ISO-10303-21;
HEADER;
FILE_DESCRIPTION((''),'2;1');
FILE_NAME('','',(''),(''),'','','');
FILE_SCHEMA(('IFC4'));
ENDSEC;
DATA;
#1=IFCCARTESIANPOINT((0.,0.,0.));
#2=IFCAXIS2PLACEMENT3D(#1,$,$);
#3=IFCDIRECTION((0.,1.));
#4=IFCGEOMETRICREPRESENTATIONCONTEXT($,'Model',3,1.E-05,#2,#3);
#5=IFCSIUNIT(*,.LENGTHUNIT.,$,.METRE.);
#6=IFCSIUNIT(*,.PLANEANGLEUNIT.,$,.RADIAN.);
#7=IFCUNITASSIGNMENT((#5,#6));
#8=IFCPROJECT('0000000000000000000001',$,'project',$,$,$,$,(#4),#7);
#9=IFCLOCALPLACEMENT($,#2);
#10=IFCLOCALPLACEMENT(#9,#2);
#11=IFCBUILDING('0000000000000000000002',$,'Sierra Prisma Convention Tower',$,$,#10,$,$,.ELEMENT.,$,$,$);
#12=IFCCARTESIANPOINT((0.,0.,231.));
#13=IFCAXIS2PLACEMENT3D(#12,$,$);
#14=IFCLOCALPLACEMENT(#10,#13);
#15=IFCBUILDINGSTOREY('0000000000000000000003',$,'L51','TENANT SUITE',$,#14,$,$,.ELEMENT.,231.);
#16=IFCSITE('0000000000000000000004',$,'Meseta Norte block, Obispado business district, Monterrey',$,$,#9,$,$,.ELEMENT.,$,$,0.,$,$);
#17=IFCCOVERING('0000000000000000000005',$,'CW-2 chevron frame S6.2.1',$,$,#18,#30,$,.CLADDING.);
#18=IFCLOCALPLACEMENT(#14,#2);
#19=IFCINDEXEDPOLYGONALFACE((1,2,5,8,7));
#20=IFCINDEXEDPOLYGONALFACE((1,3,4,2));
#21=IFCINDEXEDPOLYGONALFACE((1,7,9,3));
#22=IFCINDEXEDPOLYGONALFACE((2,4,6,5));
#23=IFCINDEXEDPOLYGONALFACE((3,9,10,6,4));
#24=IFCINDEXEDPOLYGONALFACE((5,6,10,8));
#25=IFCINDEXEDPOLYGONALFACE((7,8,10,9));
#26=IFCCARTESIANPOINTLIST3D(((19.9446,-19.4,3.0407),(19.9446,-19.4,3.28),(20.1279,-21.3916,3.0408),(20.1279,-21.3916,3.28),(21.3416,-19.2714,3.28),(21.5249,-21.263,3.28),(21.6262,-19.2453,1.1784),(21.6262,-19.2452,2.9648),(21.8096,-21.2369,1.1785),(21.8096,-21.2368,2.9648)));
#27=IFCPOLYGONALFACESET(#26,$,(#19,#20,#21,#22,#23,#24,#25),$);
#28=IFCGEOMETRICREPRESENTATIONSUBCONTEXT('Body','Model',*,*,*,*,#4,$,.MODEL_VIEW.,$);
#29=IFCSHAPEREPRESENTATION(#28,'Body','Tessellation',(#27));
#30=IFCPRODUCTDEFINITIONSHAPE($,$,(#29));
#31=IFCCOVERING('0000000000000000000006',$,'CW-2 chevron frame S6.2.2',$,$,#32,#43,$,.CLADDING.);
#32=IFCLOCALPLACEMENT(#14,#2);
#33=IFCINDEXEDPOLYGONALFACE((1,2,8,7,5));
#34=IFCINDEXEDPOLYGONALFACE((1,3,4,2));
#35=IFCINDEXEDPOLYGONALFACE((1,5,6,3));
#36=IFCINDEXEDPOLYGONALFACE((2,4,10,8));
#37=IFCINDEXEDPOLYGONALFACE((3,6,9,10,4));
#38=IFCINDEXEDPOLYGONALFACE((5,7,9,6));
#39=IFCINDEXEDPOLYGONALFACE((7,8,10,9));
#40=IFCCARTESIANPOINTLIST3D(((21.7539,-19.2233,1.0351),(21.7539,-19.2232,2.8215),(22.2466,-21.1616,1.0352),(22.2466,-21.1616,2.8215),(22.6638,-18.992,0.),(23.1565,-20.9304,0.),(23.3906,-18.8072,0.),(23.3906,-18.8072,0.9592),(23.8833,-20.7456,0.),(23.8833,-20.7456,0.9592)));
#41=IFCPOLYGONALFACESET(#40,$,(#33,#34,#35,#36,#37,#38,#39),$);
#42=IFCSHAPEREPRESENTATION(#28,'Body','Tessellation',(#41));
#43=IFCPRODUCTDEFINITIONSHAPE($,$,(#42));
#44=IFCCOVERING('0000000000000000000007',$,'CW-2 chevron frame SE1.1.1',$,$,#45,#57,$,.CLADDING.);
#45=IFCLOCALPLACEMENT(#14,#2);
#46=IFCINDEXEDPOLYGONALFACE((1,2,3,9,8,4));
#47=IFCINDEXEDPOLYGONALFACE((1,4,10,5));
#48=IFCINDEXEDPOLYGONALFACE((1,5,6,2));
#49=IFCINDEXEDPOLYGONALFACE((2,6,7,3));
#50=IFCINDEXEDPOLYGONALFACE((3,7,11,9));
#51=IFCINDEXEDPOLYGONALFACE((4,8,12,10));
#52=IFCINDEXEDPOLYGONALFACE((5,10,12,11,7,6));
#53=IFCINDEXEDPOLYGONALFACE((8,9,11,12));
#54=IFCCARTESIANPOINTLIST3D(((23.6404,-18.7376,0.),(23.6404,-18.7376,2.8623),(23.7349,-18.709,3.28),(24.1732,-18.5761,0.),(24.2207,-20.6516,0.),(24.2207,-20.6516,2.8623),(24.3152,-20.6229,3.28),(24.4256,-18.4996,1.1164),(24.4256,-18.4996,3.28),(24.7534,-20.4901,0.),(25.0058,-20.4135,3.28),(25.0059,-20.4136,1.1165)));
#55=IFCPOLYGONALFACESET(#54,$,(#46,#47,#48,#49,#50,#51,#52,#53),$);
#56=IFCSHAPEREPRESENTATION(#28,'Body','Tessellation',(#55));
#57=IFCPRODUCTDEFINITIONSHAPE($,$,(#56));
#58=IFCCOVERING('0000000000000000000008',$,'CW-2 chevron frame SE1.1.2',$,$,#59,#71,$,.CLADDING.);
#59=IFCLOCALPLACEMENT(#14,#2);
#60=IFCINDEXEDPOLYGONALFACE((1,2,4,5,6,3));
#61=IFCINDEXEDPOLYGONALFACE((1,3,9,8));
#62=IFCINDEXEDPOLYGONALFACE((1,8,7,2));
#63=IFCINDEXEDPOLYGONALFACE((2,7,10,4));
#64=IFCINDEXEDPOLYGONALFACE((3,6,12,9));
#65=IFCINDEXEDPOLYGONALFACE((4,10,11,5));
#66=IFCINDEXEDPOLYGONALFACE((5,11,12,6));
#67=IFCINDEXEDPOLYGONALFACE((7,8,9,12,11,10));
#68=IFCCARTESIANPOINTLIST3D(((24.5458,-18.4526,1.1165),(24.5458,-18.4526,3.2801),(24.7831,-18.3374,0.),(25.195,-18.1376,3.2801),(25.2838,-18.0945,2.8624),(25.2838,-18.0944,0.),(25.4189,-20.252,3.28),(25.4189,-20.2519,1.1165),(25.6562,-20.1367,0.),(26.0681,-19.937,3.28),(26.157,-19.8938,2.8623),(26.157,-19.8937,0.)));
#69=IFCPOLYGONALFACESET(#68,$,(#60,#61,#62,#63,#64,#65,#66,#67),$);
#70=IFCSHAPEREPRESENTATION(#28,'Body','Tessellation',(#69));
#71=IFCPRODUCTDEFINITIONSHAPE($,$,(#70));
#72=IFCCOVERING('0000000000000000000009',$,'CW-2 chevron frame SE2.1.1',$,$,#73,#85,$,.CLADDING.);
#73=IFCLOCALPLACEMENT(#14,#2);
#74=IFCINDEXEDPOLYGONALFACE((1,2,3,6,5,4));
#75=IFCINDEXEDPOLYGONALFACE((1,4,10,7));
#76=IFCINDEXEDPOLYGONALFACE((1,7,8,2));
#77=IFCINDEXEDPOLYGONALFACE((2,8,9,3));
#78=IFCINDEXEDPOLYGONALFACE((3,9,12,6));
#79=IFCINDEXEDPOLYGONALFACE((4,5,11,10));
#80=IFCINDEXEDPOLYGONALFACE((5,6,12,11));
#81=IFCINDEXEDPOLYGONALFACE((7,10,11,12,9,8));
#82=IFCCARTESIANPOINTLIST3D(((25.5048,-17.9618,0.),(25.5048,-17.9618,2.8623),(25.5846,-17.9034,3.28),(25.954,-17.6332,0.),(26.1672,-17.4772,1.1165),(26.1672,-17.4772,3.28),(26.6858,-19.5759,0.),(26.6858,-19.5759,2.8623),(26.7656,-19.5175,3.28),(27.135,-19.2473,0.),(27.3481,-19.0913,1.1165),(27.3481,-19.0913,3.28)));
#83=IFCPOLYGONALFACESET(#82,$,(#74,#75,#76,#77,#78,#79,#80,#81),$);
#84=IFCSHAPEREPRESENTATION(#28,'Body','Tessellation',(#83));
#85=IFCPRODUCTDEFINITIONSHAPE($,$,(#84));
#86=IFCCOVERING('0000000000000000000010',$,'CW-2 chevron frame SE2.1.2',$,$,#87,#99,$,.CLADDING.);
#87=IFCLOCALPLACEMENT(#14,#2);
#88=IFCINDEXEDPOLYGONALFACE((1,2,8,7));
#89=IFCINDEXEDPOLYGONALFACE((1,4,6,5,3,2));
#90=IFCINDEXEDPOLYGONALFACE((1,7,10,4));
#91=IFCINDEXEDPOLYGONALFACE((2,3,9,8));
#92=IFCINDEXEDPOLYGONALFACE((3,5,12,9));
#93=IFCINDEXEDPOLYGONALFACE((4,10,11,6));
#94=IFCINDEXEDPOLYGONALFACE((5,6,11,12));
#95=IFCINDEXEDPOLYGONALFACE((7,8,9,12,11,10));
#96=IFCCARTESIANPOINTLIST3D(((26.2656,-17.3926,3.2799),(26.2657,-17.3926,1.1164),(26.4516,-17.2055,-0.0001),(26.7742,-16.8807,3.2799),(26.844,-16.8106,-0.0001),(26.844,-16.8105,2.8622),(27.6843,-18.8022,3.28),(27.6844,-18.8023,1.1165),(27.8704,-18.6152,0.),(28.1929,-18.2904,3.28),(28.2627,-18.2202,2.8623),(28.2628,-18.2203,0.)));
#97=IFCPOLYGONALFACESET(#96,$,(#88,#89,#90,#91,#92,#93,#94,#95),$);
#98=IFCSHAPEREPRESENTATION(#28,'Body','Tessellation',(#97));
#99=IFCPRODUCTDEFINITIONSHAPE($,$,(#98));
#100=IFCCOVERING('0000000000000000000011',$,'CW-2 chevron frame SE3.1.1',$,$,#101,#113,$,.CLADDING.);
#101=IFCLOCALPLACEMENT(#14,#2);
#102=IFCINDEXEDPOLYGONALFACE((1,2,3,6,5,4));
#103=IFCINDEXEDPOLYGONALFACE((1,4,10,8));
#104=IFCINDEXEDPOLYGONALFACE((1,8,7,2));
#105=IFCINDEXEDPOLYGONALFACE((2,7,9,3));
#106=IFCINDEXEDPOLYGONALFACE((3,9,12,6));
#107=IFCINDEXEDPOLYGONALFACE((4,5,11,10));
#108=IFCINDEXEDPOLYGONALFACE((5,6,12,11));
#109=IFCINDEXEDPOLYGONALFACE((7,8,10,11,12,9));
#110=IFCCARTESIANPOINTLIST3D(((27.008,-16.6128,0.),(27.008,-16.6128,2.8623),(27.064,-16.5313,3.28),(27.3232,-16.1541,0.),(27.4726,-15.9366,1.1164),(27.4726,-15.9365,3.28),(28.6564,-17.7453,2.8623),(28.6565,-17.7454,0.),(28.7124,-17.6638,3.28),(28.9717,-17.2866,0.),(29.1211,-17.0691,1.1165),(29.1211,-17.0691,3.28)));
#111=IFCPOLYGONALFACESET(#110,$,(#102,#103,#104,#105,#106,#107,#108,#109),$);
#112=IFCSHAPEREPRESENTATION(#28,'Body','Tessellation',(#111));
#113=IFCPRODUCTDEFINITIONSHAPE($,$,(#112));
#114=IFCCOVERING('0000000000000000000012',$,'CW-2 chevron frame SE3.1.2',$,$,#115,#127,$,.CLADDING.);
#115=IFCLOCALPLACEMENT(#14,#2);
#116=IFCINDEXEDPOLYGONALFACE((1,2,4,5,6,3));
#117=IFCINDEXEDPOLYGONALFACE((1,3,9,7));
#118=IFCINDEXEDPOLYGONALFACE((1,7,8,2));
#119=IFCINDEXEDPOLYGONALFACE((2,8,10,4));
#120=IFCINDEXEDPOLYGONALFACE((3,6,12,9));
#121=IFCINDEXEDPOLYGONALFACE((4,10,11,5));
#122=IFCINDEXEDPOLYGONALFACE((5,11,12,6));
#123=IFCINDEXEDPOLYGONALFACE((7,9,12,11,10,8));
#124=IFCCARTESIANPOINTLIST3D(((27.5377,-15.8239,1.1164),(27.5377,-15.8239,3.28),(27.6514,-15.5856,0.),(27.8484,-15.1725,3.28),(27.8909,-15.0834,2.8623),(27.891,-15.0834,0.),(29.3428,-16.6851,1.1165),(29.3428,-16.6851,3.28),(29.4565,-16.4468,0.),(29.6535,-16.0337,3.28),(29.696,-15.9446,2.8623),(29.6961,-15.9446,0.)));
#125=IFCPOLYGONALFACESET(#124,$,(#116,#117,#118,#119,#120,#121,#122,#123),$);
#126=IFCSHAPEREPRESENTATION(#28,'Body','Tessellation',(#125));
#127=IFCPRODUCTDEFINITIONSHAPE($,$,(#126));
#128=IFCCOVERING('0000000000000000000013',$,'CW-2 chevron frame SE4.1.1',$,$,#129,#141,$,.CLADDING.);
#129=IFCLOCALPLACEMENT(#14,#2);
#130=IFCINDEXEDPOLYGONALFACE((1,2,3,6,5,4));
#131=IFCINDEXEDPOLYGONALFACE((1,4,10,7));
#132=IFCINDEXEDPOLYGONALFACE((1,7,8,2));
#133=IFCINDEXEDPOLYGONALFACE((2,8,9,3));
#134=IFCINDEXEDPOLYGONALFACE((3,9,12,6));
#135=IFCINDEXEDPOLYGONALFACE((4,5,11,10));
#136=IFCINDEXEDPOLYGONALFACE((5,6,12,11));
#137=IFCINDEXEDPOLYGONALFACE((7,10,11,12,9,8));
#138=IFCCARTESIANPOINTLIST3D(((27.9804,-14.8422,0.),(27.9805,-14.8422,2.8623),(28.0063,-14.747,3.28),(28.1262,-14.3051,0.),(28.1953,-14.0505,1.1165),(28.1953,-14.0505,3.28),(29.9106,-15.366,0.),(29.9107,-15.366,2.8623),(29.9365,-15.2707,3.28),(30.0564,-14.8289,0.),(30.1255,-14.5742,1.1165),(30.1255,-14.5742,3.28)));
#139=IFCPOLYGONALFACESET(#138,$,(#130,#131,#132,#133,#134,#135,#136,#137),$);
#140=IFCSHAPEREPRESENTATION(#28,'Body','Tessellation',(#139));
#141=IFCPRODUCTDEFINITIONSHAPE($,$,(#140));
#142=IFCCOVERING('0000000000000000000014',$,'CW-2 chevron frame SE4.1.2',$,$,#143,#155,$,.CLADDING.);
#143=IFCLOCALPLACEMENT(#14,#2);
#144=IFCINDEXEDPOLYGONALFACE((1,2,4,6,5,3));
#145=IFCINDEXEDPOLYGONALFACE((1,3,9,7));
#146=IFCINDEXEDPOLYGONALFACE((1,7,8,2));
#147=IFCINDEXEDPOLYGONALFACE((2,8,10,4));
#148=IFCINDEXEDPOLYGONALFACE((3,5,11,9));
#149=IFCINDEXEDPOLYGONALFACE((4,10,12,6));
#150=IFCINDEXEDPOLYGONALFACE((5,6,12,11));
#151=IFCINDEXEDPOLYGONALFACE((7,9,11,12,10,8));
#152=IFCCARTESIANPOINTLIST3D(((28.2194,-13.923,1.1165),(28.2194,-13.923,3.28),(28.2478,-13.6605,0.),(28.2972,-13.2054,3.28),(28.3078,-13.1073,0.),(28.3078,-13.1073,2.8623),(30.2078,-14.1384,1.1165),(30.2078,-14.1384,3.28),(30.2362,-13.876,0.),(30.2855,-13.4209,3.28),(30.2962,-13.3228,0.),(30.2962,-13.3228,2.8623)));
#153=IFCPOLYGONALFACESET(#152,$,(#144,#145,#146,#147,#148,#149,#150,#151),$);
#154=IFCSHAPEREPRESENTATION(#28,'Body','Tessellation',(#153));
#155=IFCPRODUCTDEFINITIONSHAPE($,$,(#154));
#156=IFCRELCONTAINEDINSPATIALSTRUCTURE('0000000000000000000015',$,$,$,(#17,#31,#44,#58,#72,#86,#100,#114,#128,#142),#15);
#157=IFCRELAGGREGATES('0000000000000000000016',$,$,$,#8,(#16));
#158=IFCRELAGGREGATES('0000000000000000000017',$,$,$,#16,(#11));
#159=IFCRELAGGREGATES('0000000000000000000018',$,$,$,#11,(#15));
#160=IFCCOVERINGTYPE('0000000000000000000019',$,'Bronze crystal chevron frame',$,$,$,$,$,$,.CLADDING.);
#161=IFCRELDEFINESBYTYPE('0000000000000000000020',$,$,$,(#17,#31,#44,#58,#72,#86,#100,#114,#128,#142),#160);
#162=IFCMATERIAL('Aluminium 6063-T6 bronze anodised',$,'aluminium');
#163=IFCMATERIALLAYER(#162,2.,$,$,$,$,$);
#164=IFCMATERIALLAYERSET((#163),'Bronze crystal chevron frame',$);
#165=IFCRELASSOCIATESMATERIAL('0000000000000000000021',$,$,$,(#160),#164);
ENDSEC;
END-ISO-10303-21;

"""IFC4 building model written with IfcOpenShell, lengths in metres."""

from ifc_helpers import new_model, si_unit, direction, frame, origin, place, context, subcontext, project, spatial, polyline, outline, extrude, material, layer, layer_set, type_object, element, save


model = new_model("IFC4")

# Units and contexts
model_context = context("Model", 3, precision=1e-05, world=origin(), true_north=direction((0.0, 1.0)))
body_context = subcontext(model_context, "Body", "Model", "MODEL_VIEW")
ifc_project = project(units=[si_unit("LENGTHUNIT", "METRE"), si_unit("PLANEANGLEUNIT", "RADIAN")], contexts=[model_context])

# Site, building, storey
site_placement = place(None, origin())
site = spatial("IfcSite", under=ifc_project, at=site_placement, Name="Meseta Norte block, Obispado business district, Monterrey", CompositionType="ELEMENT", RefElevation=0.0)
building_placement = place(site_placement, origin())
building = spatial("IfcBuilding", under=site, at=building_placement, Name="Sierra Prisma Convention Tower", CompositionType="ELEMENT")
storey_placement = place(building_placement, frame((0.0, 0.0, 231.0)))
storey = spatial("IfcBuildingStorey", under=building, at=storey_placement, Name="L51", Description="TENANT SUITE", CompositionType="ELEMENT", Elevation=231.0)

# Coverings
ifc_material_1 = material(Name="Aluminium 6063-T6 bronze anodised", Category="aluminium")
ifc_layer_1 = layer(ifc_material_1, 2.0)
ifc_layer_set_1 = layer_set([ifc_layer_1], Name="Bronze crystal chevron frame")
covering_type = type_object("IfcCoveringType", Name="Bronze crystal chevron frame", PredefinedType="CLADDING", material=ifc_layer_set_1)
covering_1_placement = place(storey_placement, frame((20.1279, -21.3916, 3.28), z_axis=(0.091663, -0.99579, 0.000034), x_axis=(0.000003, -0.000034, -1.0)))
element("IfcCovering", 1, at=covering_1_placement, inside=storey, type_object=covering_type, Name="CW-2 chevron frame S6.2.1", PredefinedType="CLADDING", context=body_context, shape_type="SweptSolid", body=[
    extrude(outline(polyline([(0.0, 0.0), (0.2393, 0.0), (2.1016, 1.6887), (0.3152, 1.6887), (0.0, 1.4029), (0.0, 0.0)])), origin(), (0.0, 0.0, -1.0), 2.0),
])
covering_2_placement = place(storey_placement, frame((23.8833, -20.7456, 0.0), z_axis=(0.246357, -0.969179, 0.000023), x_axis=(-0.000006, 0.000023, 1.0)))
element("IfcCovering", 2, at=covering_2_placement, inside=storey, type_object=covering_type, Name="CW-2 chevron frame S6.2.2", PredefinedType="CLADDING", context=body_context, shape_type="SweptSolid", body=[
    extrude(outline(polyline([(0.0, 0.0), (0.9592, 0.0), (2.8215, 1.6888), (1.0352, 1.6888), (0.0, 0.7499), (0.0, 0.0)])), origin(), (0.0, 0.0, -1.0), 2.0),
])
covering_3_placement = place(storey_placement, frame((24.2207, -20.6516, 0.0), z_axis=(0.290143, -0.956983, 0.000007), x_axis=(0.956983, 0.290143, 0.0)))
element("IfcCovering", 3, at=covering_3_placement, inside=storey, type_object=covering_type, Name="CW-2 chevron frame SE1.1.1", PredefinedType="CLADDING", context=body_context, shape_type="SweptSolid", body=[
    extrude(outline(polyline([(0.0, 0.0), (0.5567, 0.0), (0.8204, 1.1165), (0.8204, 3.28), (0.0988, 3.28), (0.0, 2.8623), (0.0, 0.0)])), origin(), (0.0, 0.0, -1.0), 2.0),
])
covering_4_placement = place(storey_placement, frame((25.4189, -20.252, 3.28), z_axis=(0.436568, -0.899671, -0.000024), x_axis=(-0.00001, 0.000021, -1.0)))
element("IfcCovering", 4, at=covering_4_placement, inside=storey, type_object=covering_type, Name="CW-2 chevron frame SE1.1.2", PredefinedType="CLADDING", context=body_context, shape_type="SweptSolid", body=[
    extrude(outline(polyline([(0.0, 0.0), (2.1636, 0.0), (3.28, 0.2638), (3.28, 0.8203), (0.4177, 0.8203), (0.0, 0.7215), (0.0, 0.0)])), origin(), (0.0, 0.0, -1.0), 2.0),
])
covering_5_placement = place(storey_placement, frame((26.6858, -19.5759, 0.0), z_axis=(0.590481, -0.807052, 0.0), x_axis=(0.807052, 0.590481, 0.0)))
element("IfcCovering", 5, at=covering_5_placement, inside=storey, type_object=covering_type, Name="CW-2 chevron frame SE2.1.1", PredefinedType="CLADDING", context=body_context, shape_type="SweptSolid", body=[
    extrude(outline(polyline([(0.0, 0.0), (0.5566, 0.0), (0.8207, 1.1165), (0.8207, 3.28), (0.0989, 3.28), (0.0, 2.8623), (0.0, 0.0)])), origin(), (0.0, 0.0, -1.0), 2.0),
])
covering_6_placement = place(storey_placement, frame((27.6843, -18.8022, 3.28), z_axis=(0.709365, -0.704841, 0.000046), x_axis=(0.000032, -0.000032, -1.0)))
element("IfcCovering", 6, at=covering_6_placement, inside=storey, type_object=covering_type, Name="CW-2 chevron frame SE2.1.2", PredefinedType="CLADDING", context=body_context, shape_type="SweptSolid", body=[
    extrude(outline(polyline([(0.0, 0.0), (2.1636, 0.0), (3.28, 0.2638), (3.28, 0.8205), (0.4177, 0.8205), (0.0, 0.7216), (0.0, 0.0)])), origin(), (0.0, 0.0, -1.0), 2.0),
])
covering_7_placement = place(storey_placement, frame((28.6565, -17.7454, 0.0), z_axis=(0.824226, -0.566262, 0.000019), x_axis=(0.566262, 0.824226, 0.0)))
element("IfcCovering", 7, at=covering_7_placement, inside=storey, type_object=covering_type, Name="CW-2 chevron frame SE3.1.1", PredefinedType="CLADDING", context=body_context, shape_type="SweptSolid", body=[
    extrude(outline(polyline([(0.0, 0.0), (0.5566, 0.0), (0.8205, 1.1165), (0.8205, 3.28), (0.0989, 3.28), (0.0, 2.8623), (0.0, 0.0)])), origin(), (0.0, 0.0, -1.0), 2.0),
])
covering_8_placement = place(storey_placement, frame((29.3428, -16.6851, 3.28), z_axis=(0.902553, -0.430578, 0.000008), x_axis=(0.000007, -0.000004, -1.0)))
element("IfcCovering", 8, at=covering_8_placement, inside=storey, type_object=covering_type, Name="CW-2 chevron frame SE3.1.2", PredefinedType="CLADDING", context=body_context, shape_type="SweptSolid", body=[
    extrude(outline(polyline([(0.0, 0.0), (2.1636, 0.0), (3.28, 0.264), (3.28, 0.8204), (0.4177, 0.8204), (0.0, 0.7217), (0.0, 0.0)])), origin(), (0.0, 0.0, -1.0), 2.0),
])
covering_9_placement = place(storey_placement, frame((29.9106, -15.366, 0.0), z_axis=(0.9651, -0.261881, -0.000006), x_axis=(0.261881, 0.9651, 0.0)))
element("IfcCovering", 9, at=covering_9_placement, inside=storey, type_object=covering_type, Name="CW-2 chevron frame SE4.1.1", PredefinedType="CLADDING", context=body_context, shape_type="SweptSolid", body=[
    extrude(outline(polyline([(0.0, 0.0), (0.5565, 0.0), (0.8204, 1.1165), (0.8204, 3.28), (0.0987, 3.28), (0.0, 2.8623), (0.0, 0.0)])), origin(), (0.0, 0.0, -1.0), 2.0),
])
covering_10_placement = place(storey_placement, frame((30.2078, -14.1384, 3.28), z_axis=(0.994179, -0.107737, -0.000001), x_axis=(-0.000001, 0.0, -1.0)))
element("IfcCovering", 10, at=covering_10_placement, inside=storey, type_object=covering_type, Name="CW-2 chevron frame SE4.1.2", PredefinedType="CLADDING", context=body_context, shape_type="SweptSolid", body=[
    extrude(outline(polyline([(0.0, 0.0), (2.1636, 0.0), (3.28, 0.264), (3.28, 0.8204), (0.4177, 0.8204), (0.0, 0.7217), (0.0, 0.0)])), origin(), (0.0, 0.0, -1.0), 2.0),
])

save(model, "model.ifc")
